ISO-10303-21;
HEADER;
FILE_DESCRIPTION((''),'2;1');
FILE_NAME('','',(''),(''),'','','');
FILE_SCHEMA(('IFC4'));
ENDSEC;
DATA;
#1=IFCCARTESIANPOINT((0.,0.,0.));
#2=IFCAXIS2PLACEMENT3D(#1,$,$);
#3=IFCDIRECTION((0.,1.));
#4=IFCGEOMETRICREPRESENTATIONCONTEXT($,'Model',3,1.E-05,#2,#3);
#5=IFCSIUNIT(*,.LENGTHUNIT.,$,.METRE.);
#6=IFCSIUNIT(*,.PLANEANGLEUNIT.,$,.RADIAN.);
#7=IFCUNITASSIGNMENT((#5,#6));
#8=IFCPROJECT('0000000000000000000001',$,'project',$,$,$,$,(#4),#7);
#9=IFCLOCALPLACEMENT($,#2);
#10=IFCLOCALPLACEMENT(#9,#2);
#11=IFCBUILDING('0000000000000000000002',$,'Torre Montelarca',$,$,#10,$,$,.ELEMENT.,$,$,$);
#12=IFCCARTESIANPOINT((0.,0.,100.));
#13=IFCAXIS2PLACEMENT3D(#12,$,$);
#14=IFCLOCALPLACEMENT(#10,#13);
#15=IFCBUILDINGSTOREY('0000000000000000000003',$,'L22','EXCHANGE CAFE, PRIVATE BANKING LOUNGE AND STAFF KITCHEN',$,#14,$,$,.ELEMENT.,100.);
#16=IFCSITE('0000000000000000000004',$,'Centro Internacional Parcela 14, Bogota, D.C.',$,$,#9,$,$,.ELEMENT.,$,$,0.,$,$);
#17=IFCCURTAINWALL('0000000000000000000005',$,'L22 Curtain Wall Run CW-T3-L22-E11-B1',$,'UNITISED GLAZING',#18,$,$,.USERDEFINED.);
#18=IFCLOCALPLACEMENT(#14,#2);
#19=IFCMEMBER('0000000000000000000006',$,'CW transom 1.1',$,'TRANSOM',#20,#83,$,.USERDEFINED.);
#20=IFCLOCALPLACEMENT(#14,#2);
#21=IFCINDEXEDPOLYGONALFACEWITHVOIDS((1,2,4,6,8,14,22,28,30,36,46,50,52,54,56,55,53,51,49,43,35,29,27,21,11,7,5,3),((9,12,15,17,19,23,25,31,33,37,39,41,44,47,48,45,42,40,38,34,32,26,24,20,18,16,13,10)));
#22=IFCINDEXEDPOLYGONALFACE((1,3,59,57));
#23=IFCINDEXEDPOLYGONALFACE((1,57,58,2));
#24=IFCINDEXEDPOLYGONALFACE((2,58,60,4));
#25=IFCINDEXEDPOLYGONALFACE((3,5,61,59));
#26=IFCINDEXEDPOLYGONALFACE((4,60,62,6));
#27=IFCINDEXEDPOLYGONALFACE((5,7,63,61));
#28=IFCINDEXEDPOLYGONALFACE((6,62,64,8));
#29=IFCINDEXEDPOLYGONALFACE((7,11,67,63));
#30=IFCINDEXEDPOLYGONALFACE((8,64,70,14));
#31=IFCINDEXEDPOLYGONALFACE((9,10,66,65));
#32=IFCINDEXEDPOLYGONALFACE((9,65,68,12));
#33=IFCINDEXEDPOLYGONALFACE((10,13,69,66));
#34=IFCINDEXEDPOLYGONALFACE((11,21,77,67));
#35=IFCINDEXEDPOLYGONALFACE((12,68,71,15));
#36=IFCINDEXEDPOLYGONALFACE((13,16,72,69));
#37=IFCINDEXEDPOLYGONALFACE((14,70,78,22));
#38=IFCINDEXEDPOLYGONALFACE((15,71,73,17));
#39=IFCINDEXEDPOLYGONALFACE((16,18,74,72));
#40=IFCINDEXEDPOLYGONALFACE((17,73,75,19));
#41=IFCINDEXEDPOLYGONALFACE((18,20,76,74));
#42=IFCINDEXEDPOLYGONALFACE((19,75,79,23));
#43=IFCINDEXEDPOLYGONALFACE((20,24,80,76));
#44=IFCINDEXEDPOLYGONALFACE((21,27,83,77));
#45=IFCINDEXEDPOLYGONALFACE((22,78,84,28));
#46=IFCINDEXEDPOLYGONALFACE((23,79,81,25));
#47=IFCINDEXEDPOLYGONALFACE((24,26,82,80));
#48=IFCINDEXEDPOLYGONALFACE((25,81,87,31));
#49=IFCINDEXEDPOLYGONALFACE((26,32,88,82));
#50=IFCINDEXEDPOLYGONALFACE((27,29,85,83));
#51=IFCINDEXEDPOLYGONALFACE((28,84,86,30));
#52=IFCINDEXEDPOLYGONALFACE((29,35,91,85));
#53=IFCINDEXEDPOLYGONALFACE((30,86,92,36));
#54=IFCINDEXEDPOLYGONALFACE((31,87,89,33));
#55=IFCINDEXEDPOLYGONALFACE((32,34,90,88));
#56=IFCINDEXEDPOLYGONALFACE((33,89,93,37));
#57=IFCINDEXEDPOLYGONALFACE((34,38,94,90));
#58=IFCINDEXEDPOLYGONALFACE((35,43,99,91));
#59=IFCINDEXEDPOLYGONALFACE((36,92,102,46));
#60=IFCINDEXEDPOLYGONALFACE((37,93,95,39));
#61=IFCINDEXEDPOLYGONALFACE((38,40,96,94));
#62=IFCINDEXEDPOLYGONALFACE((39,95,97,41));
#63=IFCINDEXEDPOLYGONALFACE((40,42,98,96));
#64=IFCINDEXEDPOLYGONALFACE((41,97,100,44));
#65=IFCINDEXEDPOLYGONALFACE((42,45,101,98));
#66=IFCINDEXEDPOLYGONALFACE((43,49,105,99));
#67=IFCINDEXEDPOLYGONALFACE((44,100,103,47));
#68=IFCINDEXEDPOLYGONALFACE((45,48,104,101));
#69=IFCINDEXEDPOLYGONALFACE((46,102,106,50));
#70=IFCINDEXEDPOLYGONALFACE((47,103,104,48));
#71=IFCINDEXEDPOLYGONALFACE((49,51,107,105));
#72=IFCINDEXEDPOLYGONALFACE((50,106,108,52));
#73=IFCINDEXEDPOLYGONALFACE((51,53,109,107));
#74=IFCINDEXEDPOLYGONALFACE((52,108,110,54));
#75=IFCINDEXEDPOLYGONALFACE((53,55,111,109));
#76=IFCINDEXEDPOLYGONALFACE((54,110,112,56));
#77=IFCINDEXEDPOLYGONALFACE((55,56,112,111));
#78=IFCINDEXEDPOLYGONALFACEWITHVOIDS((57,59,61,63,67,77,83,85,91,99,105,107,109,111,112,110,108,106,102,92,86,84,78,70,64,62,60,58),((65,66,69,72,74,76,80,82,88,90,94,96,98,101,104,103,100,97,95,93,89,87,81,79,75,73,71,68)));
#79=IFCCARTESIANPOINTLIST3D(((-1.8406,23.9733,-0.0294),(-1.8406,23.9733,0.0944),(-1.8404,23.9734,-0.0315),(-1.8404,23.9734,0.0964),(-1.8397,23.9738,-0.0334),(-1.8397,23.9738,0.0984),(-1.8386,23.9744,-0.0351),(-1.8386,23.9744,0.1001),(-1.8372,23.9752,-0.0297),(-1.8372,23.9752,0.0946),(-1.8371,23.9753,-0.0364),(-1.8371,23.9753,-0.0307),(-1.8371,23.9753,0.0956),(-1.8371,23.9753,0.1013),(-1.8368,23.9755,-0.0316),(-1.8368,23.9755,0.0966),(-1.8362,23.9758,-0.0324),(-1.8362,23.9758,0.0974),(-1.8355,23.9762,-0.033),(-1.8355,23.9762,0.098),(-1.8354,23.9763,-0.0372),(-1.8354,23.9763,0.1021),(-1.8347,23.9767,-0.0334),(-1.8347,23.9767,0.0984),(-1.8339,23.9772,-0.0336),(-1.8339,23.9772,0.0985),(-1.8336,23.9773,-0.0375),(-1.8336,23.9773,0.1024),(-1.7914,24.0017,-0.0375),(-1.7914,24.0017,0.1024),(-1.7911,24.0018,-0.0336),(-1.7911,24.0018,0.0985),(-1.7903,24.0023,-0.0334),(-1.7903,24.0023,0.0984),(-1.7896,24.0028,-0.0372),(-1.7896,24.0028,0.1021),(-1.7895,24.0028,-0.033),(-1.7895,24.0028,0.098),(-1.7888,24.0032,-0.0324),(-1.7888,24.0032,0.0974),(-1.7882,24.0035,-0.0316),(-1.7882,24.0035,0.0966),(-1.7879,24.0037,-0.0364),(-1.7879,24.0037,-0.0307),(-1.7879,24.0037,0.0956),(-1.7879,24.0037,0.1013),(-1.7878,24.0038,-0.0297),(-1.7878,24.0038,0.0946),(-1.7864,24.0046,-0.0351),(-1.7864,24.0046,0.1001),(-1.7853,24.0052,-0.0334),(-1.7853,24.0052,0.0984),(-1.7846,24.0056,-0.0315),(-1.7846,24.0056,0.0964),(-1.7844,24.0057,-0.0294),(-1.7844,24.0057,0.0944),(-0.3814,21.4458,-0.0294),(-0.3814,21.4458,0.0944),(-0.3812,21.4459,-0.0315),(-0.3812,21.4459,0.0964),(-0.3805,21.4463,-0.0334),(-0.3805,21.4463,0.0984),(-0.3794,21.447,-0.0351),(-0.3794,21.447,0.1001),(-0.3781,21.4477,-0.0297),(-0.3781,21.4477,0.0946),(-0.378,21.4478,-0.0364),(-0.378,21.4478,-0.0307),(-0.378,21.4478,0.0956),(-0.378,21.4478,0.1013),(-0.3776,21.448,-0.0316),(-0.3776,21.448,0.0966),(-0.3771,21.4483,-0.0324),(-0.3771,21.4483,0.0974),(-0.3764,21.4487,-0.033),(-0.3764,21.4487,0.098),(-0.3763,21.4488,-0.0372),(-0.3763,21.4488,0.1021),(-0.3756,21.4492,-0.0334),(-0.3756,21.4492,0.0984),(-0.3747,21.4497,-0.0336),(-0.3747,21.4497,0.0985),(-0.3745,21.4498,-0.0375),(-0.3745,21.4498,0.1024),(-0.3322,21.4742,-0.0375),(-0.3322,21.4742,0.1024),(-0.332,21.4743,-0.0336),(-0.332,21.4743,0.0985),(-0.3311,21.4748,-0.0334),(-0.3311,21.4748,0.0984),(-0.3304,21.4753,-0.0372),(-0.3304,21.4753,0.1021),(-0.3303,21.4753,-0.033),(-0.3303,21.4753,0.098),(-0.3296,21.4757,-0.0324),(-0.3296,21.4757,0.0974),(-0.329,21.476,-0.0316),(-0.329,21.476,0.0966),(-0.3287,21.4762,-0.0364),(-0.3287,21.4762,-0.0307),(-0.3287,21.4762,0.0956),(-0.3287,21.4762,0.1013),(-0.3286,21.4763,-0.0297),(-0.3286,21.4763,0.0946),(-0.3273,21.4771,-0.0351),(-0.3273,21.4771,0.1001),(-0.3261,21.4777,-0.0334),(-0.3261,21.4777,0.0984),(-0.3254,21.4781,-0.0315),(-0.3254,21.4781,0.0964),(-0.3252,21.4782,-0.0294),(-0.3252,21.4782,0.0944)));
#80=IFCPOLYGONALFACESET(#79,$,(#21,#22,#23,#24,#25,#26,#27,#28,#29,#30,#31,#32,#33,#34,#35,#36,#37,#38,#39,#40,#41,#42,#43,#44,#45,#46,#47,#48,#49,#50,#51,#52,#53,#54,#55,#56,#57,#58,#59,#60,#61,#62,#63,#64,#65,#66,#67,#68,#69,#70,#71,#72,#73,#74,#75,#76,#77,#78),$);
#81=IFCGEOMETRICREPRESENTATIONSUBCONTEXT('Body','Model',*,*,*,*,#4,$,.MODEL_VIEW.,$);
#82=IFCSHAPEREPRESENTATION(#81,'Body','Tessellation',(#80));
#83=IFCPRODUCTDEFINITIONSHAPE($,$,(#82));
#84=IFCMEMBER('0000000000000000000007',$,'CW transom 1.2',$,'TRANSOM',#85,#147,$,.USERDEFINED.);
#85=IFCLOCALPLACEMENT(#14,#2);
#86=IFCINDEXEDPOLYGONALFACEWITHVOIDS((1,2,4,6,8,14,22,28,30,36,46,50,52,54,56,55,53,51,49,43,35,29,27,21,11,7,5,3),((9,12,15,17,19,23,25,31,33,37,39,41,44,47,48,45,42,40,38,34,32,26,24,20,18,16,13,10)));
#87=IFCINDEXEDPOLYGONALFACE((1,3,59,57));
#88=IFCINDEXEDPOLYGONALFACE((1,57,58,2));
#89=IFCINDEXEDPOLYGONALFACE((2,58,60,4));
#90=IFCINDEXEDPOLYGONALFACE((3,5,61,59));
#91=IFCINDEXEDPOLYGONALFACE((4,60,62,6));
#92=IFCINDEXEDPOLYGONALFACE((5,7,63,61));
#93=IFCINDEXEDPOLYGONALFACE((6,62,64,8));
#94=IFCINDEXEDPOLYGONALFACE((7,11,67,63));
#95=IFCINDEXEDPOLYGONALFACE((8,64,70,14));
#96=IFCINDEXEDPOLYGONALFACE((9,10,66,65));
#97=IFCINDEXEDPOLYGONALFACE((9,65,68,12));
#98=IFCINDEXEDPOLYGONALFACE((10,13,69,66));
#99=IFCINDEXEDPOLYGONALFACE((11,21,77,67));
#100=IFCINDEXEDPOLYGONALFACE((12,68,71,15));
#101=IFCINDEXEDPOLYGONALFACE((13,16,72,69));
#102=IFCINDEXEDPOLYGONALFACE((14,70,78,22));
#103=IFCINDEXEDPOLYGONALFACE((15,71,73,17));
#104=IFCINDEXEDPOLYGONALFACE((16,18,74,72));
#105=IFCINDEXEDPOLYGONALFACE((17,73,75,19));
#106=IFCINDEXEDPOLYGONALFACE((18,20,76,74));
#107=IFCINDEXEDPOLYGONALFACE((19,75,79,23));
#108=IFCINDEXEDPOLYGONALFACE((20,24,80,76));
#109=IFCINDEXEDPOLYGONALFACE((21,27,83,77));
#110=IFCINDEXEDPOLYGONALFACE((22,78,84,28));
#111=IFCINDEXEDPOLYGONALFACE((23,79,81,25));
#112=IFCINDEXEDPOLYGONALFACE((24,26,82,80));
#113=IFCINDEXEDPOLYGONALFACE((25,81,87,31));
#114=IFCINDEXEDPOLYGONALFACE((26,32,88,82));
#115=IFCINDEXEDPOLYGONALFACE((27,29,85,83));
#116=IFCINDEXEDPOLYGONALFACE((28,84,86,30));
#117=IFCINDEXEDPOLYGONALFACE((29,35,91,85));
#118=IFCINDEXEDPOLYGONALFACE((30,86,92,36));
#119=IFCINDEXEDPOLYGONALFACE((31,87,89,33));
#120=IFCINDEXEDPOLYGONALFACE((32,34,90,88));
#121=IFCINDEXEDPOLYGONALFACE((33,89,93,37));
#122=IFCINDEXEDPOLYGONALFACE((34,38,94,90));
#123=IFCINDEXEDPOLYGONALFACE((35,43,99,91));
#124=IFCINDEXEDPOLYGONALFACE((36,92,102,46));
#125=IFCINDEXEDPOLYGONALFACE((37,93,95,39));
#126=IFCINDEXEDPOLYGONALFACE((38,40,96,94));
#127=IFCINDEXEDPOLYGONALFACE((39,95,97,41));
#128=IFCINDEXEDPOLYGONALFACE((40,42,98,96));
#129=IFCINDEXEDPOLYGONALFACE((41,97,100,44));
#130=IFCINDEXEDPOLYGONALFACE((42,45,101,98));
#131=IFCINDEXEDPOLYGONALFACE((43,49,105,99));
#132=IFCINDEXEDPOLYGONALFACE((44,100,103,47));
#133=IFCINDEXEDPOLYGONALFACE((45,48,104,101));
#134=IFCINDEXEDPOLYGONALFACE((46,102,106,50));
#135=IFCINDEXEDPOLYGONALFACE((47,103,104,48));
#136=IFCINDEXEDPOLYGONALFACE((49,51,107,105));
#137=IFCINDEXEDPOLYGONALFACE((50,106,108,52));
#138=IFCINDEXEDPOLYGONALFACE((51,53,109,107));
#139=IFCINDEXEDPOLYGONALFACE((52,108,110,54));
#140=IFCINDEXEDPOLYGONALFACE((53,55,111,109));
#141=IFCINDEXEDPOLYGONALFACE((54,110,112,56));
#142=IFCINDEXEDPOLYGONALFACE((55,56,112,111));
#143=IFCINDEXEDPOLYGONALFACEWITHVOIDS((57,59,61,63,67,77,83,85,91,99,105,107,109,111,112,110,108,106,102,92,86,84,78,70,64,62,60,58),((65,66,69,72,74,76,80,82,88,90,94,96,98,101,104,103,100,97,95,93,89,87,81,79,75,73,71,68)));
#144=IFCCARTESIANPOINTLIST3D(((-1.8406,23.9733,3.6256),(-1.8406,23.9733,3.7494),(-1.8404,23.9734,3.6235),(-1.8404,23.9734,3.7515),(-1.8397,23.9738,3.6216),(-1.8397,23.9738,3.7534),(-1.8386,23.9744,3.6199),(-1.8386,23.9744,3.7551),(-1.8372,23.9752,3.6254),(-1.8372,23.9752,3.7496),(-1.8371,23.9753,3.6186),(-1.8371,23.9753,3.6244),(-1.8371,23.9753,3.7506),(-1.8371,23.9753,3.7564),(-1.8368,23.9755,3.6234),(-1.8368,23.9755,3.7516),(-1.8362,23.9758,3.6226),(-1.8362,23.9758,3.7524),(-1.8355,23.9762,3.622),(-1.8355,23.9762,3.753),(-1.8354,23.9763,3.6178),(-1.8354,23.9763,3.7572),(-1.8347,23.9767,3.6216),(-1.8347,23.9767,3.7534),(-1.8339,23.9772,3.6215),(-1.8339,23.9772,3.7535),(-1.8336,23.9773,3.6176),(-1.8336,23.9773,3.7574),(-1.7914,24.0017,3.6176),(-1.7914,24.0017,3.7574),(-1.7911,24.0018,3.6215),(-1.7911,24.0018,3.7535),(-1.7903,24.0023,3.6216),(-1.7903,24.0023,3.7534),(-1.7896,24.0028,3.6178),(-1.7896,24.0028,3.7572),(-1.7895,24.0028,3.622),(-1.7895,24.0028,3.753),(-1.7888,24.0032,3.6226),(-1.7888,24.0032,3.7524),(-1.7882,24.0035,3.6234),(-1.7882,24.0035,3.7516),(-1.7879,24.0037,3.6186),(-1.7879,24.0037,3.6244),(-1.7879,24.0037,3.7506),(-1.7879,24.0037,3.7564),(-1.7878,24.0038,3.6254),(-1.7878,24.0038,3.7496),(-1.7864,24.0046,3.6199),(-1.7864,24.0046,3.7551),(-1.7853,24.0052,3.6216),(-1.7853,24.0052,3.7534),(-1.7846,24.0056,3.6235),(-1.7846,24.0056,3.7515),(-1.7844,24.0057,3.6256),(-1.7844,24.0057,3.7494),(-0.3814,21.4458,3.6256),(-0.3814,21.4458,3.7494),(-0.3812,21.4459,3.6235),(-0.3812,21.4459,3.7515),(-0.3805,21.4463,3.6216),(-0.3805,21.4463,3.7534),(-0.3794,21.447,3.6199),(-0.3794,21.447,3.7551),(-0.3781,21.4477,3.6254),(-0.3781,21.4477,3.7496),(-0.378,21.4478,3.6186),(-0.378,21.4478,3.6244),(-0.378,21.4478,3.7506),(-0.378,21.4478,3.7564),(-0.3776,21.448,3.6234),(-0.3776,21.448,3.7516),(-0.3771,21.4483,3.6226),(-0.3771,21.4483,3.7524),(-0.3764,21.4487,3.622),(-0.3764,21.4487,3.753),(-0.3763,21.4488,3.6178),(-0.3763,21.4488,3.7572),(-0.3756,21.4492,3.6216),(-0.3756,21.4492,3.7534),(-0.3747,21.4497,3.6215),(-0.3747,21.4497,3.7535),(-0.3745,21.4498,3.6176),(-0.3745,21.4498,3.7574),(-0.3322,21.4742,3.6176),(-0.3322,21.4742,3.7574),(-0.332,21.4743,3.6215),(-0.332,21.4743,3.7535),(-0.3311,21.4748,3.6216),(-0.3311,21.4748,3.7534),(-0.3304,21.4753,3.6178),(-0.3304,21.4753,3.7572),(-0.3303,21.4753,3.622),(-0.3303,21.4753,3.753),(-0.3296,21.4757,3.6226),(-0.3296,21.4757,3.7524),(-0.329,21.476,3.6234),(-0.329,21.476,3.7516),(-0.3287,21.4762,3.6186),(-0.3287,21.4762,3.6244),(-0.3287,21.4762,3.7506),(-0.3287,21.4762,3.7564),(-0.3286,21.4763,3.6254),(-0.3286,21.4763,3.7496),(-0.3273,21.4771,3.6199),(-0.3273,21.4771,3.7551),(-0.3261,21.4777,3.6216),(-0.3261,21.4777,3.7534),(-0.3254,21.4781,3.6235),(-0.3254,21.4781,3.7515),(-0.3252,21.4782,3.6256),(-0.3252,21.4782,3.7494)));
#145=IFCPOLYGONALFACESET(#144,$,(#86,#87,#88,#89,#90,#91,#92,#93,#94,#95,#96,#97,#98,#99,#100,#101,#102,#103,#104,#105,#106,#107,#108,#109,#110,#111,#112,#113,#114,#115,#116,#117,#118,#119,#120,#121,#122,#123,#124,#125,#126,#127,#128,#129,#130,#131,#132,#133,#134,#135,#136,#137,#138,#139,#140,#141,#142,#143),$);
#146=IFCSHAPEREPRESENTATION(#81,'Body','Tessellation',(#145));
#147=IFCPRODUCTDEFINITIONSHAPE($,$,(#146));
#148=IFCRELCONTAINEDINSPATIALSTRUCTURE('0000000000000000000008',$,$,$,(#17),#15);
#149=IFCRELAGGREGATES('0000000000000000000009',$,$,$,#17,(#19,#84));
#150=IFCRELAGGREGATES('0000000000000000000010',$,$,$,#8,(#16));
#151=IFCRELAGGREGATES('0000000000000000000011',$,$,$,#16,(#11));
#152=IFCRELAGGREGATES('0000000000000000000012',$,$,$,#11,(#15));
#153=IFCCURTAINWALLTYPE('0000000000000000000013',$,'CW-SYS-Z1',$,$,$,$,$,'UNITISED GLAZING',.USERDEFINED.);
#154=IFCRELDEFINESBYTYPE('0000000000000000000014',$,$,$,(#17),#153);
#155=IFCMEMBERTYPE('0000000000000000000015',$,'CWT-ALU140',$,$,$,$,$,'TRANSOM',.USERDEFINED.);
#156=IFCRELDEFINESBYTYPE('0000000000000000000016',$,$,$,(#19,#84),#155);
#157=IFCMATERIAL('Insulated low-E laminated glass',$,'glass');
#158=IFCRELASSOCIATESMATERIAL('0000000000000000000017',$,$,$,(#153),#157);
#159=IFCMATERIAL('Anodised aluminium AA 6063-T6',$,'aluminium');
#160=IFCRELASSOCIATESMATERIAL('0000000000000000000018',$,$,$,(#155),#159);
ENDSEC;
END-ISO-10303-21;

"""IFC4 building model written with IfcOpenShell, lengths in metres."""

from ifc_helpers import new_model, si_unit, direction, frame, origin, origin_2d, place, context, subcontext, project, spatial, hollow_rectangle, extrude, source, transform, mapped, material, material_profile, profile_set, type_object, element, aggregate, save


model = new_model("IFC4")

# Units and contexts
model_context = context("Model", 3, precision=1e-05, world=origin(), true_north=direction((0.0, 1.0)))
body_context = subcontext(model_context, "Body", "Model", "MODEL_VIEW")
ifc_project = project(units=[si_unit("LENGTHUNIT", "METRE"), si_unit("PLANEANGLEUNIT", "RADIAN")], contexts=[model_context])

# Site, building, storey
site_placement = place(None, origin())
site = spatial("IfcSite", under=ifc_project, at=site_placement, Name="Centro Internacional Parcela 14, Bogota, D.C.", CompositionType="ELEMENT", RefElevation=0.0)
building_placement = place(site_placement, origin())
building = spatial("IfcBuilding", under=site, at=building_placement, Name="Torre Montelarca", CompositionType="ELEMENT")
storey_placement = place(building_placement, frame((0.0, 0.0, 100.0)))
storey = spatial("IfcBuildingStorey", under=building, at=storey_placement, Name="L22", Description="EXCHANGE CAFE, PRIVATE BANKING LOUNGE AND STAFF KITCHEN", CompositionType="ELEMENT", Elevation=100.0)

# Curtain wall, members
ifc_material_1 = material(Name="Insulated low-E laminated glass", Category="glass")
curtain_wall_type = type_object("IfcCurtainWallType", Name="CW-SYS-Z1", ElementType="UNITISED GLAZING", PredefinedType="USERDEFINED", material=ifc_material_1)
curtain_wall_1_placement = place(storey_placement, origin())
curtain_wall_1 = element("IfcCurtainWall", 1, at=curtain_wall_1_placement, inside=storey, type_object=curtain_wall_type, Name="L22 Curtain Wall Run CW-T3-L22-E11-B1", ObjectType="UNITISED GLAZING", PredefinedType="USERDEFINED")
ifc_material_2 = material(Name="Anodised aluminium AA 6063-T6", Category="aluminium")
ifc_material_profile_1 = material_profile(ifc_material_2, hollow_rectangle(XDim=0.0649, YDim=0.1399, WallThickness=0.0039, InnerFilletRadius=0.0039, OuterFilletRadius=0.0081, at=origin_2d()), Name="ALU65X140X4", Category="aluminium")
ifc_profile_set_1 = profile_set([ifc_material_profile_1], Name="Anodised aluminium AA 6063-T6")
member_type_1 = type_object("IfcMemberType", Name="CWT-ALU140", ElementType="TRANSOM", PredefinedType="USERDEFINED", material=ifc_profile_set_1)
shared_shape_1 = source(origin(), body_context, "Body", "SweptSolid", [
    extrude(hollow_rectangle(XDim=0.0649, YDim=0.1399, WallThickness=0.0039, InnerFilletRadius=0.0039, OuterFilletRadius=0.0081, at=origin_2d()), origin(), (0.0, 0.0, 1.0), 2.9185),
])
member_1_placement = place(storey_placement, frame((-1.8125, 23.9895, 0.0325), z_axis=(0.499981, -0.866037, 0.0), x_axis=(0.866037, 0.499981, 0.0)))
member_1 = element("IfcMember", 2, at=member_1_placement, type_object=member_type_1, Name="CW transom 1.1", ObjectType="TRANSOM", PredefinedType="USERDEFINED", context=body_context, shape_type="MappedRepresentation", body=[
    mapped(shared_shape_1, transform((0.0, 0.0, 0.0), scale=1.0)),
])
member_2_placement = place(storey_placement, frame((-1.8125, 23.9895, 3.6875), z_axis=(0.499981, -0.866037, 0.0), x_axis=(0.866037, 0.499981, 0.0)))
member_2 = element("IfcMember", 3, at=member_2_placement, type_object=member_type_1, Name="CW transom 1.2", ObjectType="TRANSOM", PredefinedType="USERDEFINED", context=body_context, shape_type="MappedRepresentation", body=[
    mapped(shared_shape_1, transform((0.0, 0.0, 0.0), scale=1.0)),
])

aggregate(curtain_wall_1, [member_1, member_2])

save(model, "model.ifc")
